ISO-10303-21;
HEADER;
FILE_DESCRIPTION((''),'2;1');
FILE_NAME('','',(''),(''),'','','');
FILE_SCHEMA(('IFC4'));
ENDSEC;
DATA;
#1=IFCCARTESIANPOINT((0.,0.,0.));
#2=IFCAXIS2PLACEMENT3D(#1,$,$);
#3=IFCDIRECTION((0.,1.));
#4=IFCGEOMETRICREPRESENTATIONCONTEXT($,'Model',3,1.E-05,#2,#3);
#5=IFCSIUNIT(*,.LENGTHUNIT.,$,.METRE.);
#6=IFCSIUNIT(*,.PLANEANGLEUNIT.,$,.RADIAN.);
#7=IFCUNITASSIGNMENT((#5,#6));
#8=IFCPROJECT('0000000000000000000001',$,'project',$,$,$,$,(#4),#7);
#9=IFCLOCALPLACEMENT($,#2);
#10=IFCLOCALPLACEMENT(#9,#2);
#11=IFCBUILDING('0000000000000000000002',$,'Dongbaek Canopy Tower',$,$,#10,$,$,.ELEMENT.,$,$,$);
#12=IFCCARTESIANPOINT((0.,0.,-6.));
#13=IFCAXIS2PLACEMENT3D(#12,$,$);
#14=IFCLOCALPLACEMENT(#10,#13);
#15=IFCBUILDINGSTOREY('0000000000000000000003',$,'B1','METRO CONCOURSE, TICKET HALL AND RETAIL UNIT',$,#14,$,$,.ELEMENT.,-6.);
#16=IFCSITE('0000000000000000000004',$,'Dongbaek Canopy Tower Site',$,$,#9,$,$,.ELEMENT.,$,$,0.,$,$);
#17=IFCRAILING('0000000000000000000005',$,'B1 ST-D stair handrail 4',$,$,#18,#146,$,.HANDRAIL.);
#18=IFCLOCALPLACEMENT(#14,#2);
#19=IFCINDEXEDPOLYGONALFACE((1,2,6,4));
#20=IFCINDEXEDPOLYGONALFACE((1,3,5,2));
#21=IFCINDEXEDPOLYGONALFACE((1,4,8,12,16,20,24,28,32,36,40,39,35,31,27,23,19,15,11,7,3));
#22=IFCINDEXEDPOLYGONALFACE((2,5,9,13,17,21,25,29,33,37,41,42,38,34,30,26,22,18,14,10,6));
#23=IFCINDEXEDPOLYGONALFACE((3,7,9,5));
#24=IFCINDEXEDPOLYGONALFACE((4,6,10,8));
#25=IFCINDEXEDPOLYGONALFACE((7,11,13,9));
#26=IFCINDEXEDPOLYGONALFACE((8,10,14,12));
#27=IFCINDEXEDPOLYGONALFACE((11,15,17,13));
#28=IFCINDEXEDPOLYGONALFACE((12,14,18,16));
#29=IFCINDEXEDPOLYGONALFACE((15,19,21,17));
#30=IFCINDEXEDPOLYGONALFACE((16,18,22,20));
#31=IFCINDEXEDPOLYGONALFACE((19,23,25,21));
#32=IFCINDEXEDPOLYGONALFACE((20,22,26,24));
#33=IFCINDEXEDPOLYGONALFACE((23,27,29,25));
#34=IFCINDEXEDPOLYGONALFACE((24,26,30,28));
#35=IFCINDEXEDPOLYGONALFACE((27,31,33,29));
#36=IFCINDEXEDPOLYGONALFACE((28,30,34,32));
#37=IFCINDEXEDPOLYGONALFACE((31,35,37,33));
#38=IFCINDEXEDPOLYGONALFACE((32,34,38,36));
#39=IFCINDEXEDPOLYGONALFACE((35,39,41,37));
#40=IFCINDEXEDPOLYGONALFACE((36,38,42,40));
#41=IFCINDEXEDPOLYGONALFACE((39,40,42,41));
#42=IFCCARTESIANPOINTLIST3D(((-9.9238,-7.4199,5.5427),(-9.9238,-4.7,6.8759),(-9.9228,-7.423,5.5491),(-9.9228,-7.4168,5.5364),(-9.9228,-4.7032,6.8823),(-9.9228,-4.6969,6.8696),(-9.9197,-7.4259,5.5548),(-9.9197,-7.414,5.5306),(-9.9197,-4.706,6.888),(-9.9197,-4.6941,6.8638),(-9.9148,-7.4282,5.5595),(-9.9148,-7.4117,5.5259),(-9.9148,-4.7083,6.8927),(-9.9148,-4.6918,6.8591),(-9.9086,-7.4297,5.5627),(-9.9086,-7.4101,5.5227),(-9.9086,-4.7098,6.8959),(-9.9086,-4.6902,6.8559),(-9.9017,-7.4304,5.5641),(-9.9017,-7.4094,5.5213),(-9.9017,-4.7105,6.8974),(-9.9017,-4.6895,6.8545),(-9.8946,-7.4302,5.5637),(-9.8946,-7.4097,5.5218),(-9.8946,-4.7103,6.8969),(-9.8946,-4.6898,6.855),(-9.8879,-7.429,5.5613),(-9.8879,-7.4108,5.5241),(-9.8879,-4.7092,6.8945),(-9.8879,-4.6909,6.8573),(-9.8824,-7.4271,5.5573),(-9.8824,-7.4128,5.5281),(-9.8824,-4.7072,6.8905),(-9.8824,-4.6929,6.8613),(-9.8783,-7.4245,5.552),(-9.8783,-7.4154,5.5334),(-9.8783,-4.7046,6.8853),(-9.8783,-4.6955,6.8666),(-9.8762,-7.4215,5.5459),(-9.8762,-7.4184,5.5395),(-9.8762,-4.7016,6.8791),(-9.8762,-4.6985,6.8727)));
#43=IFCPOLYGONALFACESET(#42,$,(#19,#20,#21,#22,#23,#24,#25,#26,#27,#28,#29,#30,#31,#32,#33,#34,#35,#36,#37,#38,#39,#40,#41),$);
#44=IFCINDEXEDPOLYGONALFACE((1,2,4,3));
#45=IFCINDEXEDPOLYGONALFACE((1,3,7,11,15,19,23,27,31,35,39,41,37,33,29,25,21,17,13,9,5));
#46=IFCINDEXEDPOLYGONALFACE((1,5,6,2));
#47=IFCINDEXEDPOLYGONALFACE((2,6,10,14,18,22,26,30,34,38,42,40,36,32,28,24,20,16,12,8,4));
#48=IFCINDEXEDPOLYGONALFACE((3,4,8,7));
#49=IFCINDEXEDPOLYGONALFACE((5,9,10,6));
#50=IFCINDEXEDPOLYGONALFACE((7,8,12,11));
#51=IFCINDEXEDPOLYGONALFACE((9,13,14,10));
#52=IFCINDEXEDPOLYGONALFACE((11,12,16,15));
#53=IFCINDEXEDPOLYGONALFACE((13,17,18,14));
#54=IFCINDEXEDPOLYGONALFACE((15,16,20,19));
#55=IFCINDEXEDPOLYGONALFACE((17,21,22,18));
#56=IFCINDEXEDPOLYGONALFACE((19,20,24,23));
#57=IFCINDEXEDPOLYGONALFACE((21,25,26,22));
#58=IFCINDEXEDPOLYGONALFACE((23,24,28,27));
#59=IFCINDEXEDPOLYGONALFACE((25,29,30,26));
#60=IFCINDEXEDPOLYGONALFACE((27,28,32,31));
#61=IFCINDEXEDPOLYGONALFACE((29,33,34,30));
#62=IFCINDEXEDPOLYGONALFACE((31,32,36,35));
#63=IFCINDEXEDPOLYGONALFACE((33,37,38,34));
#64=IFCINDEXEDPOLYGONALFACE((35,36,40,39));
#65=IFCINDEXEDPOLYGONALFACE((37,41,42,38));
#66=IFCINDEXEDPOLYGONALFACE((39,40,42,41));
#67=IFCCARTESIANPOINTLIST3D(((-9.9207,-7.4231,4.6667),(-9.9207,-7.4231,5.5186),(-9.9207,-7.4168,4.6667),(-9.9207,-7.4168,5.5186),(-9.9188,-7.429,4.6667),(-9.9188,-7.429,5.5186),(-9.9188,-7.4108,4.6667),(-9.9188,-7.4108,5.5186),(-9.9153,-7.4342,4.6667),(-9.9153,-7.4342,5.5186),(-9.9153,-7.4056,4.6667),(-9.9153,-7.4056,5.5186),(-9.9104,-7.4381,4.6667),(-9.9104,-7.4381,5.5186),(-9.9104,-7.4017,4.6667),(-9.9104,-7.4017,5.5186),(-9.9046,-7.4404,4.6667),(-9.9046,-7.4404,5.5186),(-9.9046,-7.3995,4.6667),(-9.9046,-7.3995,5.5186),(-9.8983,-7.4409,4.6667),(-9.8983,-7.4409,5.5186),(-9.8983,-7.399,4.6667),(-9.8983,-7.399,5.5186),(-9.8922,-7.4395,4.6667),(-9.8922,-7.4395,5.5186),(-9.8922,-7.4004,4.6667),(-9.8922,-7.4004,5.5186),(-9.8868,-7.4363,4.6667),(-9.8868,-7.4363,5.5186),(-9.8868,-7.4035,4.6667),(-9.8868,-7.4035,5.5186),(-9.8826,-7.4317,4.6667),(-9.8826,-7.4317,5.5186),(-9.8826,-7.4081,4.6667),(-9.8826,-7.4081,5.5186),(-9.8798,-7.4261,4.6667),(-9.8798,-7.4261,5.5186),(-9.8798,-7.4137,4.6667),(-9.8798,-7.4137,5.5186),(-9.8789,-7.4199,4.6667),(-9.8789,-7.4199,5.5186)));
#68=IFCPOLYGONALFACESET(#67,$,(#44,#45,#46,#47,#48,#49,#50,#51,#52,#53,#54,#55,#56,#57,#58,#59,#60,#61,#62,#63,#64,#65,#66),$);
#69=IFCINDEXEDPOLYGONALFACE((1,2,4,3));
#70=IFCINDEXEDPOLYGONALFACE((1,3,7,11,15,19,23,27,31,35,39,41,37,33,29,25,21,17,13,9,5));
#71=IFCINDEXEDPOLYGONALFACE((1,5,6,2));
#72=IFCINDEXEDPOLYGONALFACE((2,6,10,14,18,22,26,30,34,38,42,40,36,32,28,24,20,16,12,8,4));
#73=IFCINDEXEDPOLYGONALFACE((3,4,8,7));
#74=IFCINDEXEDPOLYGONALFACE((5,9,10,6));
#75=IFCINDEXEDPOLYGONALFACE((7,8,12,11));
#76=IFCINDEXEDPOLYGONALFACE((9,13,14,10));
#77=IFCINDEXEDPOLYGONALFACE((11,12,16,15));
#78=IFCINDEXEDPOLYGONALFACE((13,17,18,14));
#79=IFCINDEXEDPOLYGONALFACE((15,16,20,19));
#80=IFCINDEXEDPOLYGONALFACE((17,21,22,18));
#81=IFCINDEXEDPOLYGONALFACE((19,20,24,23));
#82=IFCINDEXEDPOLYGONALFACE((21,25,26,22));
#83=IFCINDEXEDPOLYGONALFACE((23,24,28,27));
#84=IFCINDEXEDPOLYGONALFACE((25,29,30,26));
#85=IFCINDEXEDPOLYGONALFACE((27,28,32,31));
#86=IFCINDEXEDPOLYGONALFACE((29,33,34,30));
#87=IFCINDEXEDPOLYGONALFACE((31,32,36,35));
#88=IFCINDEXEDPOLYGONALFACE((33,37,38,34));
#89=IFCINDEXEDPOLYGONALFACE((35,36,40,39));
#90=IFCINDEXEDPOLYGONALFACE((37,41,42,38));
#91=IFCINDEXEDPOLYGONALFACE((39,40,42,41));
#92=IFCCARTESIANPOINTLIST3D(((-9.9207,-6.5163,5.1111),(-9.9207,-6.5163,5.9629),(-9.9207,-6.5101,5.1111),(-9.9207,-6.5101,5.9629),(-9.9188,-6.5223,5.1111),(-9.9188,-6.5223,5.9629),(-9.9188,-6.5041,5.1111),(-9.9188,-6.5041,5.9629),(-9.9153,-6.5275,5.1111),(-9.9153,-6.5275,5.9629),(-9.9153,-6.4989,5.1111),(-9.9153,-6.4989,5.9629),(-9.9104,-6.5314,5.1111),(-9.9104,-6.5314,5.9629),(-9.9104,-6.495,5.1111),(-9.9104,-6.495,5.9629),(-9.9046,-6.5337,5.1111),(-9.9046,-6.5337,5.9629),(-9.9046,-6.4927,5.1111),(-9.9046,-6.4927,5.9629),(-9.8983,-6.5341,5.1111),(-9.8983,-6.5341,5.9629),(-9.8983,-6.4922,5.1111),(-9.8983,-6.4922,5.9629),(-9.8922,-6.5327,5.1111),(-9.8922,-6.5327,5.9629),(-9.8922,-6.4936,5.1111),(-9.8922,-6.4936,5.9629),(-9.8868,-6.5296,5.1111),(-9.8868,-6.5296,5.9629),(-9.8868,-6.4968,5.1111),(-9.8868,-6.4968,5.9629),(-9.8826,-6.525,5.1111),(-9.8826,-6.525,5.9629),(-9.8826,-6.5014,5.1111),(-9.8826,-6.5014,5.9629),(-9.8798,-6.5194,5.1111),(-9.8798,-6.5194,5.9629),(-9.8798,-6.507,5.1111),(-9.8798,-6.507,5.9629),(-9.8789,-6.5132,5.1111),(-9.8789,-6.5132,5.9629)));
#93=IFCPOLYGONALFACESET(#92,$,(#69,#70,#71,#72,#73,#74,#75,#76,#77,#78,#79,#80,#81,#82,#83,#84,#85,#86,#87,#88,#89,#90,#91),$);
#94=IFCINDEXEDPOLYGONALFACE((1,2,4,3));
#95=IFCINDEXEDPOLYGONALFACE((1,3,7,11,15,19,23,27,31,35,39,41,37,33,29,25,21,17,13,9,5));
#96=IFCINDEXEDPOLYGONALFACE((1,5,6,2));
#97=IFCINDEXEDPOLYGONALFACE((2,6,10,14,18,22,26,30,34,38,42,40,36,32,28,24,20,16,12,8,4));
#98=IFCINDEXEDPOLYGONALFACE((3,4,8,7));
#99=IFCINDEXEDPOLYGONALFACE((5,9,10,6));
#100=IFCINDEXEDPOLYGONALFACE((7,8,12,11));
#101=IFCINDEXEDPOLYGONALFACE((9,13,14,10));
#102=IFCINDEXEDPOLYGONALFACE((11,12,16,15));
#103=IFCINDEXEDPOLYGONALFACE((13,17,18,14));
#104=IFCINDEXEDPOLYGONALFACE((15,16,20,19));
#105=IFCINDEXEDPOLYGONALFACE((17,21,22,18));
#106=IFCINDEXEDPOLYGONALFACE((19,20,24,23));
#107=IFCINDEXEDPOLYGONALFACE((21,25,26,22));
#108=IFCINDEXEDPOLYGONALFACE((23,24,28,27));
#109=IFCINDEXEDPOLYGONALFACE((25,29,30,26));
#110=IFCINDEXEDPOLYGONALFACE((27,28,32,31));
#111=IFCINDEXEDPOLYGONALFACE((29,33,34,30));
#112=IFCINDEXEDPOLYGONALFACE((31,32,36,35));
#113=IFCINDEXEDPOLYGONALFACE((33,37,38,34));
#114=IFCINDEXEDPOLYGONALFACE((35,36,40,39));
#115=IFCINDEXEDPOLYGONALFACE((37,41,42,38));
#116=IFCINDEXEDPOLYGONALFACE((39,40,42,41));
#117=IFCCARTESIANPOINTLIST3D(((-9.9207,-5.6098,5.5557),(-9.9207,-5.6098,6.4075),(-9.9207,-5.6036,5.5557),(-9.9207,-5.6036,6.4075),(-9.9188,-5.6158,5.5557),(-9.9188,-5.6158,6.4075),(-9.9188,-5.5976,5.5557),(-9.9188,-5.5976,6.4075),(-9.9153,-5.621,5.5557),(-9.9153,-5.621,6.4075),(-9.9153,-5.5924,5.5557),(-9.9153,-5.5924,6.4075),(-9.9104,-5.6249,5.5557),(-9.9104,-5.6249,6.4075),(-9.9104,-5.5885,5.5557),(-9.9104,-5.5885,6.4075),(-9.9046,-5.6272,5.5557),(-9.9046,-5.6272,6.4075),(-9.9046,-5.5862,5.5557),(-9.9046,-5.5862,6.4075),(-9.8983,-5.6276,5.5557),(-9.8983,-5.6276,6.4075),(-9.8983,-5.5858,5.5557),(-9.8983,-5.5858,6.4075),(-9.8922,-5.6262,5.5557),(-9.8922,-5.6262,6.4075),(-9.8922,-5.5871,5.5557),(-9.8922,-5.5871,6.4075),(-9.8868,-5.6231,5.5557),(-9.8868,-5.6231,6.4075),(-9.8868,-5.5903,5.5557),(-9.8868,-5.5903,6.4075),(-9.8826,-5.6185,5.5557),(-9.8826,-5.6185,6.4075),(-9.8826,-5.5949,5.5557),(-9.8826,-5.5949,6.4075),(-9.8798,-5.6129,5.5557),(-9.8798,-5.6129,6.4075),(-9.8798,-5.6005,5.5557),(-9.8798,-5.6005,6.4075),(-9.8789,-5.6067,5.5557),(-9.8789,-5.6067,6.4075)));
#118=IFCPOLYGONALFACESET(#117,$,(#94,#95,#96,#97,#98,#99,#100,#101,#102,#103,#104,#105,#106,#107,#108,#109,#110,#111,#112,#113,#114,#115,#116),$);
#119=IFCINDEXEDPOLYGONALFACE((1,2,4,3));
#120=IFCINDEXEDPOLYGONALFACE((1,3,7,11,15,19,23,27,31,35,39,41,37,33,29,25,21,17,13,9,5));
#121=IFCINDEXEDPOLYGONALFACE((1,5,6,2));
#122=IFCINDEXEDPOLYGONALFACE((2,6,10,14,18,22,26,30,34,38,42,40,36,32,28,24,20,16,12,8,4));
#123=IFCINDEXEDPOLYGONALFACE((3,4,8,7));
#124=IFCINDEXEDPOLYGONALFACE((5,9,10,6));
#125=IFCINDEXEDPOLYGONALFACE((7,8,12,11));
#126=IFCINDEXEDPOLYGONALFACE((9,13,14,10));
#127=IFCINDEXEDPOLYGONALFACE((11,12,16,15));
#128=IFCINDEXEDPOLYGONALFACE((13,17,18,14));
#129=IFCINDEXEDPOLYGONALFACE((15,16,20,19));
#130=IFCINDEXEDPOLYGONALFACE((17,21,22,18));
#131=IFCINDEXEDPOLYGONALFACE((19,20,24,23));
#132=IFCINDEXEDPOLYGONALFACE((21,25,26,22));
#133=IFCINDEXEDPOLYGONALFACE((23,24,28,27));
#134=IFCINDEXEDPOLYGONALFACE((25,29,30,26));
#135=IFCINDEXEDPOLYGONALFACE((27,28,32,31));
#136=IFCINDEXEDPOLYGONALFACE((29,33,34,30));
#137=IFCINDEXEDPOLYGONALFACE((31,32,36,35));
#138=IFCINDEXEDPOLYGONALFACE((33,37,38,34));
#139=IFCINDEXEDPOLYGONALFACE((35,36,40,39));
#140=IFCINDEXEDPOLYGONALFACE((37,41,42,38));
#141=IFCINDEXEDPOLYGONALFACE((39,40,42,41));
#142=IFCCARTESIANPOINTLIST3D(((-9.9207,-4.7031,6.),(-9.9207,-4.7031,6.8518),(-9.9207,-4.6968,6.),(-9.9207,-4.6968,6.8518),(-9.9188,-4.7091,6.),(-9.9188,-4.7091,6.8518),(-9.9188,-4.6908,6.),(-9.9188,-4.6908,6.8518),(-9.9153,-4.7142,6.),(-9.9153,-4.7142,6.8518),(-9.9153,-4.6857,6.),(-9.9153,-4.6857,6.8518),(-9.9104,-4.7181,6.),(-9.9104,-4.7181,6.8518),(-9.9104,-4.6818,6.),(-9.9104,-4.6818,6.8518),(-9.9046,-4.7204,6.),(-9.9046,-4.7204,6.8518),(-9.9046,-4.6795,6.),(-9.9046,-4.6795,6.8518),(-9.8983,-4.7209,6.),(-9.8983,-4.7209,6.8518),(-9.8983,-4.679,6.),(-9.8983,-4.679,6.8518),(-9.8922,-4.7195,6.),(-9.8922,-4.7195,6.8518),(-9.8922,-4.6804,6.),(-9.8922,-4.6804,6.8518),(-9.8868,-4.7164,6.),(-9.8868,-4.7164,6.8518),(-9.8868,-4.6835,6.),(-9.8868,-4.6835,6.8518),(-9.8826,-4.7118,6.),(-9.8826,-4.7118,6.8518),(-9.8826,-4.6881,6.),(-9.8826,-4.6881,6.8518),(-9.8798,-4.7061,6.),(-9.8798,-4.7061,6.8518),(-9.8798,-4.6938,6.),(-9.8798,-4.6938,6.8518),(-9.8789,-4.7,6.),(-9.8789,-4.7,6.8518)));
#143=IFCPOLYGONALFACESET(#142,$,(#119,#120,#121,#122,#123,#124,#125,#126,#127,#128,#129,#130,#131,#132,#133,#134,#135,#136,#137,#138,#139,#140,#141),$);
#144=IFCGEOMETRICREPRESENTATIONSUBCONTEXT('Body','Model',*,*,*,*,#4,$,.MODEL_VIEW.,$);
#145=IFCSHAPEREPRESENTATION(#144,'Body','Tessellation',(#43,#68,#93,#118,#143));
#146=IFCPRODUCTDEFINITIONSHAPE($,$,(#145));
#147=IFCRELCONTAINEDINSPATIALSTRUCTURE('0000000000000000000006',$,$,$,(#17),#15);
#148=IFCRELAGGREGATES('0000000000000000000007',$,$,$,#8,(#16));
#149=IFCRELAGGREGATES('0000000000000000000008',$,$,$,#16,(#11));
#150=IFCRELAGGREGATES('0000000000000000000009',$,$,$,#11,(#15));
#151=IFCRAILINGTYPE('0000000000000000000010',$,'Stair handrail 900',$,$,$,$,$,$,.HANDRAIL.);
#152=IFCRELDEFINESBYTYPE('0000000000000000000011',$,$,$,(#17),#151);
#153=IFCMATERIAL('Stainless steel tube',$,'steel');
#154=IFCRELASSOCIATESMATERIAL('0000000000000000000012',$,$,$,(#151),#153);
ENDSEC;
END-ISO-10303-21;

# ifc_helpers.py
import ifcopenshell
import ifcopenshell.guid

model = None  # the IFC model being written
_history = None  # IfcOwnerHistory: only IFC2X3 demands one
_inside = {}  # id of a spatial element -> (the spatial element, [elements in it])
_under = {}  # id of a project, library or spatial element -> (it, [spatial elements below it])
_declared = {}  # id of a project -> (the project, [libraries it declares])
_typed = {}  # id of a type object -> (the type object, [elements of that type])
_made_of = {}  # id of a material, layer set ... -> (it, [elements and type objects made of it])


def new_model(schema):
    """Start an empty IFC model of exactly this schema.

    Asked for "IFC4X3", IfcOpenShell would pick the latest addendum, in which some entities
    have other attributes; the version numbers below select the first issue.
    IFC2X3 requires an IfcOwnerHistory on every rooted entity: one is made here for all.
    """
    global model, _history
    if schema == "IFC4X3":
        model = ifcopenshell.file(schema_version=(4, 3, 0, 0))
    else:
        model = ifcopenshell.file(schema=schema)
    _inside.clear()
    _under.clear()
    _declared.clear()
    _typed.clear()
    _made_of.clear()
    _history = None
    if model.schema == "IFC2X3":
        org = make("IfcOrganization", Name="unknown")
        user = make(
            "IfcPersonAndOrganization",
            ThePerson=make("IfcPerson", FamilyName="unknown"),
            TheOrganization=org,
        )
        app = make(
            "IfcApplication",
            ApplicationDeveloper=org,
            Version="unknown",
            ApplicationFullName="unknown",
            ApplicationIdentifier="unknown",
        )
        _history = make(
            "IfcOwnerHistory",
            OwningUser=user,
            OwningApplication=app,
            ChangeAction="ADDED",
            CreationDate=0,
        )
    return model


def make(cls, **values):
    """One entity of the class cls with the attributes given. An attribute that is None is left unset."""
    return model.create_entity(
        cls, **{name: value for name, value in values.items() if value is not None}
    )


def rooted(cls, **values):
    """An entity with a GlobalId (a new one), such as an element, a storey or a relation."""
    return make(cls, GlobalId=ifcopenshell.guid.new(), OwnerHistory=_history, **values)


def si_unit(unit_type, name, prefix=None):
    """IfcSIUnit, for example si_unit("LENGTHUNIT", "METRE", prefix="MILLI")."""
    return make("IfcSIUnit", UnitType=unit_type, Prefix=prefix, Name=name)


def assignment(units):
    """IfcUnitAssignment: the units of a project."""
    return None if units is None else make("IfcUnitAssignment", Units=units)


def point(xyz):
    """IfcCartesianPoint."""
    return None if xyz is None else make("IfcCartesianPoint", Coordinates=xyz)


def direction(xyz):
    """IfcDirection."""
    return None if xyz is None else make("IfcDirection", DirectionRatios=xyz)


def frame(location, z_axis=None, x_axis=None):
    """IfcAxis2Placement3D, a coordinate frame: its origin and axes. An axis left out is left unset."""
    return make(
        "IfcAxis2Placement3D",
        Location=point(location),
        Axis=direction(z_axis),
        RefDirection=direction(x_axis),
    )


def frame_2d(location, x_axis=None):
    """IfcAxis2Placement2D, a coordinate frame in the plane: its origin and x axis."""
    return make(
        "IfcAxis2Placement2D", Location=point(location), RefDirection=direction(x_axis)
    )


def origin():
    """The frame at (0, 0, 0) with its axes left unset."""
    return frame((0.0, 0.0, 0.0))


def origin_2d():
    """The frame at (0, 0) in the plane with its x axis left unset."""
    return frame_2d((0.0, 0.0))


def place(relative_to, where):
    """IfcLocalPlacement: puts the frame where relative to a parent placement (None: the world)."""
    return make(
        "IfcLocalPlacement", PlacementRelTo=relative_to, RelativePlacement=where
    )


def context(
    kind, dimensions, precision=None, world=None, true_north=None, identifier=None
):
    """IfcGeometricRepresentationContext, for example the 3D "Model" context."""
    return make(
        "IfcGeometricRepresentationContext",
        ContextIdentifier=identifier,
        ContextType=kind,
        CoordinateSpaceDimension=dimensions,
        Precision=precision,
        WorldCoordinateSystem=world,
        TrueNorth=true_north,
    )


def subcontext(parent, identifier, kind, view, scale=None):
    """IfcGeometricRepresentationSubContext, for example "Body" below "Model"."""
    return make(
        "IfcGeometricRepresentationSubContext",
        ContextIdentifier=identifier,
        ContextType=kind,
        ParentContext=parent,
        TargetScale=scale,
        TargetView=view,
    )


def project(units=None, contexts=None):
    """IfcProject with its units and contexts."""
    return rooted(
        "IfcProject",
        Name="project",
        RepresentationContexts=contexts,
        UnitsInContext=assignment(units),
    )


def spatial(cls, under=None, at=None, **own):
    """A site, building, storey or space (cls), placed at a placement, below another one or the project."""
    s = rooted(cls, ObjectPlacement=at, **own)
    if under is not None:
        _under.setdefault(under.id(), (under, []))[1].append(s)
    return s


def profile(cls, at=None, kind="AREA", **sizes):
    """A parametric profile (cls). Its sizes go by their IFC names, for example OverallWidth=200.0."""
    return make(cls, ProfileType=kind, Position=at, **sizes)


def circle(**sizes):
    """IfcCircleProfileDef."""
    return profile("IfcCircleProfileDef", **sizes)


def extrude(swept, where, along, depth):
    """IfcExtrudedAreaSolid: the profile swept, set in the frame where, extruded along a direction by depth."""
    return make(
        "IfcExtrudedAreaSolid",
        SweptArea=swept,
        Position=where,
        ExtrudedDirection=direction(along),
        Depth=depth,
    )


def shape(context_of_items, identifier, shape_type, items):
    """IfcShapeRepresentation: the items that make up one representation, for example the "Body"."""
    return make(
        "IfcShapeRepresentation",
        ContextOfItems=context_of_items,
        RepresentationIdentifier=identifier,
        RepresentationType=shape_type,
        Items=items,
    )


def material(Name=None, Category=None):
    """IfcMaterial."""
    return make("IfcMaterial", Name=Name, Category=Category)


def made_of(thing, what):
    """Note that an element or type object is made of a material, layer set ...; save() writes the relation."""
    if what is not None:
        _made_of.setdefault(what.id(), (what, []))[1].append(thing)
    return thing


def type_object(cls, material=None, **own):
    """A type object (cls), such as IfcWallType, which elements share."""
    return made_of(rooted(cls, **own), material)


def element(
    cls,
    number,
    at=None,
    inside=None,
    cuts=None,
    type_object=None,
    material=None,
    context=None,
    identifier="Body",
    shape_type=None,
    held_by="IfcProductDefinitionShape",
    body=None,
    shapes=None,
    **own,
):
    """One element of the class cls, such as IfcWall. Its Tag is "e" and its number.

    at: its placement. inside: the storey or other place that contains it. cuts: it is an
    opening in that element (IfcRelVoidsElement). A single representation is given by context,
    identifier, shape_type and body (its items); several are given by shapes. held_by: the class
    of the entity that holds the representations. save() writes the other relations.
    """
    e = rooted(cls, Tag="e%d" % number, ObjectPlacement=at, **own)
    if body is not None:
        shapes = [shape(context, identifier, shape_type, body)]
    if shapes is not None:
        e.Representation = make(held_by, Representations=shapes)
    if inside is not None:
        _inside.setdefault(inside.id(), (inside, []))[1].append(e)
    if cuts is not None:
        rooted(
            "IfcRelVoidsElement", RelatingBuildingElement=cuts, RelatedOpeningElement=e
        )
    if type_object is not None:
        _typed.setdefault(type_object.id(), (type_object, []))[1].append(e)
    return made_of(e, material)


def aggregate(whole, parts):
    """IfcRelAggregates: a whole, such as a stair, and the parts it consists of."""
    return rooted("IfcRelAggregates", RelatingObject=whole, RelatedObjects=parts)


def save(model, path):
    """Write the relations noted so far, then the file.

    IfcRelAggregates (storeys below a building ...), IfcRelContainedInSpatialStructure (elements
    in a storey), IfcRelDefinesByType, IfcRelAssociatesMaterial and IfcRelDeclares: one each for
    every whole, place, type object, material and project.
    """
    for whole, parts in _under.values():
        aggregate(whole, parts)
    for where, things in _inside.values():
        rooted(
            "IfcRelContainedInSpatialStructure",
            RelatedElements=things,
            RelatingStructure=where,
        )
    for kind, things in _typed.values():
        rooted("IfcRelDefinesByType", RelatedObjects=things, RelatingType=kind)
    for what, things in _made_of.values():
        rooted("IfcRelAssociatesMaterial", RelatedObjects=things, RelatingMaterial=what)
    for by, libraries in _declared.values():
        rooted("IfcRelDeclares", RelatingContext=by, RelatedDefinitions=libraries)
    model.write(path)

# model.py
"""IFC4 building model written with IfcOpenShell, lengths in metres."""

from ifc_helpers import new_model, si_unit, direction, frame, origin, origin_2d, place, context, subcontext, project, spatial, circle, extrude, material, type_object, element, save


model = new_model("IFC4")

# Units and contexts
model_context = context("Model", 3, precision=1e-05, world=origin(), true_north=direction((0.0, 1.0)))
body_context = subcontext(model_context, "Body", "Model", "MODEL_VIEW")
ifc_project = project(units=[si_unit("LENGTHUNIT", "METRE"), si_unit("PLANEANGLEUNIT", "RADIAN")], contexts=[model_context])

# Site, building, storey
site_placement = place(None, origin())
site = spatial("IfcSite", under=ifc_project, at=site_placement, Name="Dongbaek Canopy Tower Site", CompositionType="ELEMENT", RefElevation=0.0)
building_placement = place(site_placement, origin())
building = spatial("IfcBuilding", under=site, at=building_placement, Name="Dongbaek Canopy Tower", CompositionType="ELEMENT")
storey_placement = place(building_placement, frame((0.0, 0.0, -6.0)))
storey = spatial("IfcBuildingStorey", under=building, at=storey_placement, Name="B1", Description="METRO CONCOURSE, TICKET HALL AND RETAIL UNIT", CompositionType="ELEMENT", Elevation=-6.0)

# Railing
ifc_material_1 = material(Name="Stainless steel tube", Category="steel")
railing_type_1 = type_object("IfcRailingType", Name="Stair handrail 900", PredefinedType="HANDRAIL", material=ifc_material_1)
railing_1_placement = place(storey_placement, frame((-9.8999, -7.4199, 4.6667)))
element("IfcRailing", 1, at=railing_1_placement, inside=storey, type_object=railing_type_1, Name="B1 ST-D stair handrail 4", PredefinedType="HANDRAIL", context=body_context, shape_type="SweptSolid", body=[
    extrude(circle(Radius=0.0239, at=origin_2d()), frame((0.0, 0.0, 0.876), z_axis=(0.0, 0.897929, 0.440139), x_axis=(-1.0, 0.0, 0.0)), (0.0, 0.0, 1.0), 3.0291),
    extrude(circle(Radius=0.021, at=origin_2d()), origin(), (0.0, 0.0, 1.0), 0.8518),
    extrude(circle(Radius=0.021, at=origin_2d()), frame((0.0, 0.9067, 0.4443)), (0.0, 0.0, 1.0), 0.8518),
    extrude(circle(Radius=0.021, at=origin_2d()), frame((0.0, 1.8132, 0.8889)), (0.0, 0.0, 1.0), 0.8518),
    extrude(circle(Radius=0.021, at=origin_2d()), frame((0.0, 2.72, 1.3333)), (0.0, 0.0, 1.0), 0.8518),
])

save(model, "model.ifc")
